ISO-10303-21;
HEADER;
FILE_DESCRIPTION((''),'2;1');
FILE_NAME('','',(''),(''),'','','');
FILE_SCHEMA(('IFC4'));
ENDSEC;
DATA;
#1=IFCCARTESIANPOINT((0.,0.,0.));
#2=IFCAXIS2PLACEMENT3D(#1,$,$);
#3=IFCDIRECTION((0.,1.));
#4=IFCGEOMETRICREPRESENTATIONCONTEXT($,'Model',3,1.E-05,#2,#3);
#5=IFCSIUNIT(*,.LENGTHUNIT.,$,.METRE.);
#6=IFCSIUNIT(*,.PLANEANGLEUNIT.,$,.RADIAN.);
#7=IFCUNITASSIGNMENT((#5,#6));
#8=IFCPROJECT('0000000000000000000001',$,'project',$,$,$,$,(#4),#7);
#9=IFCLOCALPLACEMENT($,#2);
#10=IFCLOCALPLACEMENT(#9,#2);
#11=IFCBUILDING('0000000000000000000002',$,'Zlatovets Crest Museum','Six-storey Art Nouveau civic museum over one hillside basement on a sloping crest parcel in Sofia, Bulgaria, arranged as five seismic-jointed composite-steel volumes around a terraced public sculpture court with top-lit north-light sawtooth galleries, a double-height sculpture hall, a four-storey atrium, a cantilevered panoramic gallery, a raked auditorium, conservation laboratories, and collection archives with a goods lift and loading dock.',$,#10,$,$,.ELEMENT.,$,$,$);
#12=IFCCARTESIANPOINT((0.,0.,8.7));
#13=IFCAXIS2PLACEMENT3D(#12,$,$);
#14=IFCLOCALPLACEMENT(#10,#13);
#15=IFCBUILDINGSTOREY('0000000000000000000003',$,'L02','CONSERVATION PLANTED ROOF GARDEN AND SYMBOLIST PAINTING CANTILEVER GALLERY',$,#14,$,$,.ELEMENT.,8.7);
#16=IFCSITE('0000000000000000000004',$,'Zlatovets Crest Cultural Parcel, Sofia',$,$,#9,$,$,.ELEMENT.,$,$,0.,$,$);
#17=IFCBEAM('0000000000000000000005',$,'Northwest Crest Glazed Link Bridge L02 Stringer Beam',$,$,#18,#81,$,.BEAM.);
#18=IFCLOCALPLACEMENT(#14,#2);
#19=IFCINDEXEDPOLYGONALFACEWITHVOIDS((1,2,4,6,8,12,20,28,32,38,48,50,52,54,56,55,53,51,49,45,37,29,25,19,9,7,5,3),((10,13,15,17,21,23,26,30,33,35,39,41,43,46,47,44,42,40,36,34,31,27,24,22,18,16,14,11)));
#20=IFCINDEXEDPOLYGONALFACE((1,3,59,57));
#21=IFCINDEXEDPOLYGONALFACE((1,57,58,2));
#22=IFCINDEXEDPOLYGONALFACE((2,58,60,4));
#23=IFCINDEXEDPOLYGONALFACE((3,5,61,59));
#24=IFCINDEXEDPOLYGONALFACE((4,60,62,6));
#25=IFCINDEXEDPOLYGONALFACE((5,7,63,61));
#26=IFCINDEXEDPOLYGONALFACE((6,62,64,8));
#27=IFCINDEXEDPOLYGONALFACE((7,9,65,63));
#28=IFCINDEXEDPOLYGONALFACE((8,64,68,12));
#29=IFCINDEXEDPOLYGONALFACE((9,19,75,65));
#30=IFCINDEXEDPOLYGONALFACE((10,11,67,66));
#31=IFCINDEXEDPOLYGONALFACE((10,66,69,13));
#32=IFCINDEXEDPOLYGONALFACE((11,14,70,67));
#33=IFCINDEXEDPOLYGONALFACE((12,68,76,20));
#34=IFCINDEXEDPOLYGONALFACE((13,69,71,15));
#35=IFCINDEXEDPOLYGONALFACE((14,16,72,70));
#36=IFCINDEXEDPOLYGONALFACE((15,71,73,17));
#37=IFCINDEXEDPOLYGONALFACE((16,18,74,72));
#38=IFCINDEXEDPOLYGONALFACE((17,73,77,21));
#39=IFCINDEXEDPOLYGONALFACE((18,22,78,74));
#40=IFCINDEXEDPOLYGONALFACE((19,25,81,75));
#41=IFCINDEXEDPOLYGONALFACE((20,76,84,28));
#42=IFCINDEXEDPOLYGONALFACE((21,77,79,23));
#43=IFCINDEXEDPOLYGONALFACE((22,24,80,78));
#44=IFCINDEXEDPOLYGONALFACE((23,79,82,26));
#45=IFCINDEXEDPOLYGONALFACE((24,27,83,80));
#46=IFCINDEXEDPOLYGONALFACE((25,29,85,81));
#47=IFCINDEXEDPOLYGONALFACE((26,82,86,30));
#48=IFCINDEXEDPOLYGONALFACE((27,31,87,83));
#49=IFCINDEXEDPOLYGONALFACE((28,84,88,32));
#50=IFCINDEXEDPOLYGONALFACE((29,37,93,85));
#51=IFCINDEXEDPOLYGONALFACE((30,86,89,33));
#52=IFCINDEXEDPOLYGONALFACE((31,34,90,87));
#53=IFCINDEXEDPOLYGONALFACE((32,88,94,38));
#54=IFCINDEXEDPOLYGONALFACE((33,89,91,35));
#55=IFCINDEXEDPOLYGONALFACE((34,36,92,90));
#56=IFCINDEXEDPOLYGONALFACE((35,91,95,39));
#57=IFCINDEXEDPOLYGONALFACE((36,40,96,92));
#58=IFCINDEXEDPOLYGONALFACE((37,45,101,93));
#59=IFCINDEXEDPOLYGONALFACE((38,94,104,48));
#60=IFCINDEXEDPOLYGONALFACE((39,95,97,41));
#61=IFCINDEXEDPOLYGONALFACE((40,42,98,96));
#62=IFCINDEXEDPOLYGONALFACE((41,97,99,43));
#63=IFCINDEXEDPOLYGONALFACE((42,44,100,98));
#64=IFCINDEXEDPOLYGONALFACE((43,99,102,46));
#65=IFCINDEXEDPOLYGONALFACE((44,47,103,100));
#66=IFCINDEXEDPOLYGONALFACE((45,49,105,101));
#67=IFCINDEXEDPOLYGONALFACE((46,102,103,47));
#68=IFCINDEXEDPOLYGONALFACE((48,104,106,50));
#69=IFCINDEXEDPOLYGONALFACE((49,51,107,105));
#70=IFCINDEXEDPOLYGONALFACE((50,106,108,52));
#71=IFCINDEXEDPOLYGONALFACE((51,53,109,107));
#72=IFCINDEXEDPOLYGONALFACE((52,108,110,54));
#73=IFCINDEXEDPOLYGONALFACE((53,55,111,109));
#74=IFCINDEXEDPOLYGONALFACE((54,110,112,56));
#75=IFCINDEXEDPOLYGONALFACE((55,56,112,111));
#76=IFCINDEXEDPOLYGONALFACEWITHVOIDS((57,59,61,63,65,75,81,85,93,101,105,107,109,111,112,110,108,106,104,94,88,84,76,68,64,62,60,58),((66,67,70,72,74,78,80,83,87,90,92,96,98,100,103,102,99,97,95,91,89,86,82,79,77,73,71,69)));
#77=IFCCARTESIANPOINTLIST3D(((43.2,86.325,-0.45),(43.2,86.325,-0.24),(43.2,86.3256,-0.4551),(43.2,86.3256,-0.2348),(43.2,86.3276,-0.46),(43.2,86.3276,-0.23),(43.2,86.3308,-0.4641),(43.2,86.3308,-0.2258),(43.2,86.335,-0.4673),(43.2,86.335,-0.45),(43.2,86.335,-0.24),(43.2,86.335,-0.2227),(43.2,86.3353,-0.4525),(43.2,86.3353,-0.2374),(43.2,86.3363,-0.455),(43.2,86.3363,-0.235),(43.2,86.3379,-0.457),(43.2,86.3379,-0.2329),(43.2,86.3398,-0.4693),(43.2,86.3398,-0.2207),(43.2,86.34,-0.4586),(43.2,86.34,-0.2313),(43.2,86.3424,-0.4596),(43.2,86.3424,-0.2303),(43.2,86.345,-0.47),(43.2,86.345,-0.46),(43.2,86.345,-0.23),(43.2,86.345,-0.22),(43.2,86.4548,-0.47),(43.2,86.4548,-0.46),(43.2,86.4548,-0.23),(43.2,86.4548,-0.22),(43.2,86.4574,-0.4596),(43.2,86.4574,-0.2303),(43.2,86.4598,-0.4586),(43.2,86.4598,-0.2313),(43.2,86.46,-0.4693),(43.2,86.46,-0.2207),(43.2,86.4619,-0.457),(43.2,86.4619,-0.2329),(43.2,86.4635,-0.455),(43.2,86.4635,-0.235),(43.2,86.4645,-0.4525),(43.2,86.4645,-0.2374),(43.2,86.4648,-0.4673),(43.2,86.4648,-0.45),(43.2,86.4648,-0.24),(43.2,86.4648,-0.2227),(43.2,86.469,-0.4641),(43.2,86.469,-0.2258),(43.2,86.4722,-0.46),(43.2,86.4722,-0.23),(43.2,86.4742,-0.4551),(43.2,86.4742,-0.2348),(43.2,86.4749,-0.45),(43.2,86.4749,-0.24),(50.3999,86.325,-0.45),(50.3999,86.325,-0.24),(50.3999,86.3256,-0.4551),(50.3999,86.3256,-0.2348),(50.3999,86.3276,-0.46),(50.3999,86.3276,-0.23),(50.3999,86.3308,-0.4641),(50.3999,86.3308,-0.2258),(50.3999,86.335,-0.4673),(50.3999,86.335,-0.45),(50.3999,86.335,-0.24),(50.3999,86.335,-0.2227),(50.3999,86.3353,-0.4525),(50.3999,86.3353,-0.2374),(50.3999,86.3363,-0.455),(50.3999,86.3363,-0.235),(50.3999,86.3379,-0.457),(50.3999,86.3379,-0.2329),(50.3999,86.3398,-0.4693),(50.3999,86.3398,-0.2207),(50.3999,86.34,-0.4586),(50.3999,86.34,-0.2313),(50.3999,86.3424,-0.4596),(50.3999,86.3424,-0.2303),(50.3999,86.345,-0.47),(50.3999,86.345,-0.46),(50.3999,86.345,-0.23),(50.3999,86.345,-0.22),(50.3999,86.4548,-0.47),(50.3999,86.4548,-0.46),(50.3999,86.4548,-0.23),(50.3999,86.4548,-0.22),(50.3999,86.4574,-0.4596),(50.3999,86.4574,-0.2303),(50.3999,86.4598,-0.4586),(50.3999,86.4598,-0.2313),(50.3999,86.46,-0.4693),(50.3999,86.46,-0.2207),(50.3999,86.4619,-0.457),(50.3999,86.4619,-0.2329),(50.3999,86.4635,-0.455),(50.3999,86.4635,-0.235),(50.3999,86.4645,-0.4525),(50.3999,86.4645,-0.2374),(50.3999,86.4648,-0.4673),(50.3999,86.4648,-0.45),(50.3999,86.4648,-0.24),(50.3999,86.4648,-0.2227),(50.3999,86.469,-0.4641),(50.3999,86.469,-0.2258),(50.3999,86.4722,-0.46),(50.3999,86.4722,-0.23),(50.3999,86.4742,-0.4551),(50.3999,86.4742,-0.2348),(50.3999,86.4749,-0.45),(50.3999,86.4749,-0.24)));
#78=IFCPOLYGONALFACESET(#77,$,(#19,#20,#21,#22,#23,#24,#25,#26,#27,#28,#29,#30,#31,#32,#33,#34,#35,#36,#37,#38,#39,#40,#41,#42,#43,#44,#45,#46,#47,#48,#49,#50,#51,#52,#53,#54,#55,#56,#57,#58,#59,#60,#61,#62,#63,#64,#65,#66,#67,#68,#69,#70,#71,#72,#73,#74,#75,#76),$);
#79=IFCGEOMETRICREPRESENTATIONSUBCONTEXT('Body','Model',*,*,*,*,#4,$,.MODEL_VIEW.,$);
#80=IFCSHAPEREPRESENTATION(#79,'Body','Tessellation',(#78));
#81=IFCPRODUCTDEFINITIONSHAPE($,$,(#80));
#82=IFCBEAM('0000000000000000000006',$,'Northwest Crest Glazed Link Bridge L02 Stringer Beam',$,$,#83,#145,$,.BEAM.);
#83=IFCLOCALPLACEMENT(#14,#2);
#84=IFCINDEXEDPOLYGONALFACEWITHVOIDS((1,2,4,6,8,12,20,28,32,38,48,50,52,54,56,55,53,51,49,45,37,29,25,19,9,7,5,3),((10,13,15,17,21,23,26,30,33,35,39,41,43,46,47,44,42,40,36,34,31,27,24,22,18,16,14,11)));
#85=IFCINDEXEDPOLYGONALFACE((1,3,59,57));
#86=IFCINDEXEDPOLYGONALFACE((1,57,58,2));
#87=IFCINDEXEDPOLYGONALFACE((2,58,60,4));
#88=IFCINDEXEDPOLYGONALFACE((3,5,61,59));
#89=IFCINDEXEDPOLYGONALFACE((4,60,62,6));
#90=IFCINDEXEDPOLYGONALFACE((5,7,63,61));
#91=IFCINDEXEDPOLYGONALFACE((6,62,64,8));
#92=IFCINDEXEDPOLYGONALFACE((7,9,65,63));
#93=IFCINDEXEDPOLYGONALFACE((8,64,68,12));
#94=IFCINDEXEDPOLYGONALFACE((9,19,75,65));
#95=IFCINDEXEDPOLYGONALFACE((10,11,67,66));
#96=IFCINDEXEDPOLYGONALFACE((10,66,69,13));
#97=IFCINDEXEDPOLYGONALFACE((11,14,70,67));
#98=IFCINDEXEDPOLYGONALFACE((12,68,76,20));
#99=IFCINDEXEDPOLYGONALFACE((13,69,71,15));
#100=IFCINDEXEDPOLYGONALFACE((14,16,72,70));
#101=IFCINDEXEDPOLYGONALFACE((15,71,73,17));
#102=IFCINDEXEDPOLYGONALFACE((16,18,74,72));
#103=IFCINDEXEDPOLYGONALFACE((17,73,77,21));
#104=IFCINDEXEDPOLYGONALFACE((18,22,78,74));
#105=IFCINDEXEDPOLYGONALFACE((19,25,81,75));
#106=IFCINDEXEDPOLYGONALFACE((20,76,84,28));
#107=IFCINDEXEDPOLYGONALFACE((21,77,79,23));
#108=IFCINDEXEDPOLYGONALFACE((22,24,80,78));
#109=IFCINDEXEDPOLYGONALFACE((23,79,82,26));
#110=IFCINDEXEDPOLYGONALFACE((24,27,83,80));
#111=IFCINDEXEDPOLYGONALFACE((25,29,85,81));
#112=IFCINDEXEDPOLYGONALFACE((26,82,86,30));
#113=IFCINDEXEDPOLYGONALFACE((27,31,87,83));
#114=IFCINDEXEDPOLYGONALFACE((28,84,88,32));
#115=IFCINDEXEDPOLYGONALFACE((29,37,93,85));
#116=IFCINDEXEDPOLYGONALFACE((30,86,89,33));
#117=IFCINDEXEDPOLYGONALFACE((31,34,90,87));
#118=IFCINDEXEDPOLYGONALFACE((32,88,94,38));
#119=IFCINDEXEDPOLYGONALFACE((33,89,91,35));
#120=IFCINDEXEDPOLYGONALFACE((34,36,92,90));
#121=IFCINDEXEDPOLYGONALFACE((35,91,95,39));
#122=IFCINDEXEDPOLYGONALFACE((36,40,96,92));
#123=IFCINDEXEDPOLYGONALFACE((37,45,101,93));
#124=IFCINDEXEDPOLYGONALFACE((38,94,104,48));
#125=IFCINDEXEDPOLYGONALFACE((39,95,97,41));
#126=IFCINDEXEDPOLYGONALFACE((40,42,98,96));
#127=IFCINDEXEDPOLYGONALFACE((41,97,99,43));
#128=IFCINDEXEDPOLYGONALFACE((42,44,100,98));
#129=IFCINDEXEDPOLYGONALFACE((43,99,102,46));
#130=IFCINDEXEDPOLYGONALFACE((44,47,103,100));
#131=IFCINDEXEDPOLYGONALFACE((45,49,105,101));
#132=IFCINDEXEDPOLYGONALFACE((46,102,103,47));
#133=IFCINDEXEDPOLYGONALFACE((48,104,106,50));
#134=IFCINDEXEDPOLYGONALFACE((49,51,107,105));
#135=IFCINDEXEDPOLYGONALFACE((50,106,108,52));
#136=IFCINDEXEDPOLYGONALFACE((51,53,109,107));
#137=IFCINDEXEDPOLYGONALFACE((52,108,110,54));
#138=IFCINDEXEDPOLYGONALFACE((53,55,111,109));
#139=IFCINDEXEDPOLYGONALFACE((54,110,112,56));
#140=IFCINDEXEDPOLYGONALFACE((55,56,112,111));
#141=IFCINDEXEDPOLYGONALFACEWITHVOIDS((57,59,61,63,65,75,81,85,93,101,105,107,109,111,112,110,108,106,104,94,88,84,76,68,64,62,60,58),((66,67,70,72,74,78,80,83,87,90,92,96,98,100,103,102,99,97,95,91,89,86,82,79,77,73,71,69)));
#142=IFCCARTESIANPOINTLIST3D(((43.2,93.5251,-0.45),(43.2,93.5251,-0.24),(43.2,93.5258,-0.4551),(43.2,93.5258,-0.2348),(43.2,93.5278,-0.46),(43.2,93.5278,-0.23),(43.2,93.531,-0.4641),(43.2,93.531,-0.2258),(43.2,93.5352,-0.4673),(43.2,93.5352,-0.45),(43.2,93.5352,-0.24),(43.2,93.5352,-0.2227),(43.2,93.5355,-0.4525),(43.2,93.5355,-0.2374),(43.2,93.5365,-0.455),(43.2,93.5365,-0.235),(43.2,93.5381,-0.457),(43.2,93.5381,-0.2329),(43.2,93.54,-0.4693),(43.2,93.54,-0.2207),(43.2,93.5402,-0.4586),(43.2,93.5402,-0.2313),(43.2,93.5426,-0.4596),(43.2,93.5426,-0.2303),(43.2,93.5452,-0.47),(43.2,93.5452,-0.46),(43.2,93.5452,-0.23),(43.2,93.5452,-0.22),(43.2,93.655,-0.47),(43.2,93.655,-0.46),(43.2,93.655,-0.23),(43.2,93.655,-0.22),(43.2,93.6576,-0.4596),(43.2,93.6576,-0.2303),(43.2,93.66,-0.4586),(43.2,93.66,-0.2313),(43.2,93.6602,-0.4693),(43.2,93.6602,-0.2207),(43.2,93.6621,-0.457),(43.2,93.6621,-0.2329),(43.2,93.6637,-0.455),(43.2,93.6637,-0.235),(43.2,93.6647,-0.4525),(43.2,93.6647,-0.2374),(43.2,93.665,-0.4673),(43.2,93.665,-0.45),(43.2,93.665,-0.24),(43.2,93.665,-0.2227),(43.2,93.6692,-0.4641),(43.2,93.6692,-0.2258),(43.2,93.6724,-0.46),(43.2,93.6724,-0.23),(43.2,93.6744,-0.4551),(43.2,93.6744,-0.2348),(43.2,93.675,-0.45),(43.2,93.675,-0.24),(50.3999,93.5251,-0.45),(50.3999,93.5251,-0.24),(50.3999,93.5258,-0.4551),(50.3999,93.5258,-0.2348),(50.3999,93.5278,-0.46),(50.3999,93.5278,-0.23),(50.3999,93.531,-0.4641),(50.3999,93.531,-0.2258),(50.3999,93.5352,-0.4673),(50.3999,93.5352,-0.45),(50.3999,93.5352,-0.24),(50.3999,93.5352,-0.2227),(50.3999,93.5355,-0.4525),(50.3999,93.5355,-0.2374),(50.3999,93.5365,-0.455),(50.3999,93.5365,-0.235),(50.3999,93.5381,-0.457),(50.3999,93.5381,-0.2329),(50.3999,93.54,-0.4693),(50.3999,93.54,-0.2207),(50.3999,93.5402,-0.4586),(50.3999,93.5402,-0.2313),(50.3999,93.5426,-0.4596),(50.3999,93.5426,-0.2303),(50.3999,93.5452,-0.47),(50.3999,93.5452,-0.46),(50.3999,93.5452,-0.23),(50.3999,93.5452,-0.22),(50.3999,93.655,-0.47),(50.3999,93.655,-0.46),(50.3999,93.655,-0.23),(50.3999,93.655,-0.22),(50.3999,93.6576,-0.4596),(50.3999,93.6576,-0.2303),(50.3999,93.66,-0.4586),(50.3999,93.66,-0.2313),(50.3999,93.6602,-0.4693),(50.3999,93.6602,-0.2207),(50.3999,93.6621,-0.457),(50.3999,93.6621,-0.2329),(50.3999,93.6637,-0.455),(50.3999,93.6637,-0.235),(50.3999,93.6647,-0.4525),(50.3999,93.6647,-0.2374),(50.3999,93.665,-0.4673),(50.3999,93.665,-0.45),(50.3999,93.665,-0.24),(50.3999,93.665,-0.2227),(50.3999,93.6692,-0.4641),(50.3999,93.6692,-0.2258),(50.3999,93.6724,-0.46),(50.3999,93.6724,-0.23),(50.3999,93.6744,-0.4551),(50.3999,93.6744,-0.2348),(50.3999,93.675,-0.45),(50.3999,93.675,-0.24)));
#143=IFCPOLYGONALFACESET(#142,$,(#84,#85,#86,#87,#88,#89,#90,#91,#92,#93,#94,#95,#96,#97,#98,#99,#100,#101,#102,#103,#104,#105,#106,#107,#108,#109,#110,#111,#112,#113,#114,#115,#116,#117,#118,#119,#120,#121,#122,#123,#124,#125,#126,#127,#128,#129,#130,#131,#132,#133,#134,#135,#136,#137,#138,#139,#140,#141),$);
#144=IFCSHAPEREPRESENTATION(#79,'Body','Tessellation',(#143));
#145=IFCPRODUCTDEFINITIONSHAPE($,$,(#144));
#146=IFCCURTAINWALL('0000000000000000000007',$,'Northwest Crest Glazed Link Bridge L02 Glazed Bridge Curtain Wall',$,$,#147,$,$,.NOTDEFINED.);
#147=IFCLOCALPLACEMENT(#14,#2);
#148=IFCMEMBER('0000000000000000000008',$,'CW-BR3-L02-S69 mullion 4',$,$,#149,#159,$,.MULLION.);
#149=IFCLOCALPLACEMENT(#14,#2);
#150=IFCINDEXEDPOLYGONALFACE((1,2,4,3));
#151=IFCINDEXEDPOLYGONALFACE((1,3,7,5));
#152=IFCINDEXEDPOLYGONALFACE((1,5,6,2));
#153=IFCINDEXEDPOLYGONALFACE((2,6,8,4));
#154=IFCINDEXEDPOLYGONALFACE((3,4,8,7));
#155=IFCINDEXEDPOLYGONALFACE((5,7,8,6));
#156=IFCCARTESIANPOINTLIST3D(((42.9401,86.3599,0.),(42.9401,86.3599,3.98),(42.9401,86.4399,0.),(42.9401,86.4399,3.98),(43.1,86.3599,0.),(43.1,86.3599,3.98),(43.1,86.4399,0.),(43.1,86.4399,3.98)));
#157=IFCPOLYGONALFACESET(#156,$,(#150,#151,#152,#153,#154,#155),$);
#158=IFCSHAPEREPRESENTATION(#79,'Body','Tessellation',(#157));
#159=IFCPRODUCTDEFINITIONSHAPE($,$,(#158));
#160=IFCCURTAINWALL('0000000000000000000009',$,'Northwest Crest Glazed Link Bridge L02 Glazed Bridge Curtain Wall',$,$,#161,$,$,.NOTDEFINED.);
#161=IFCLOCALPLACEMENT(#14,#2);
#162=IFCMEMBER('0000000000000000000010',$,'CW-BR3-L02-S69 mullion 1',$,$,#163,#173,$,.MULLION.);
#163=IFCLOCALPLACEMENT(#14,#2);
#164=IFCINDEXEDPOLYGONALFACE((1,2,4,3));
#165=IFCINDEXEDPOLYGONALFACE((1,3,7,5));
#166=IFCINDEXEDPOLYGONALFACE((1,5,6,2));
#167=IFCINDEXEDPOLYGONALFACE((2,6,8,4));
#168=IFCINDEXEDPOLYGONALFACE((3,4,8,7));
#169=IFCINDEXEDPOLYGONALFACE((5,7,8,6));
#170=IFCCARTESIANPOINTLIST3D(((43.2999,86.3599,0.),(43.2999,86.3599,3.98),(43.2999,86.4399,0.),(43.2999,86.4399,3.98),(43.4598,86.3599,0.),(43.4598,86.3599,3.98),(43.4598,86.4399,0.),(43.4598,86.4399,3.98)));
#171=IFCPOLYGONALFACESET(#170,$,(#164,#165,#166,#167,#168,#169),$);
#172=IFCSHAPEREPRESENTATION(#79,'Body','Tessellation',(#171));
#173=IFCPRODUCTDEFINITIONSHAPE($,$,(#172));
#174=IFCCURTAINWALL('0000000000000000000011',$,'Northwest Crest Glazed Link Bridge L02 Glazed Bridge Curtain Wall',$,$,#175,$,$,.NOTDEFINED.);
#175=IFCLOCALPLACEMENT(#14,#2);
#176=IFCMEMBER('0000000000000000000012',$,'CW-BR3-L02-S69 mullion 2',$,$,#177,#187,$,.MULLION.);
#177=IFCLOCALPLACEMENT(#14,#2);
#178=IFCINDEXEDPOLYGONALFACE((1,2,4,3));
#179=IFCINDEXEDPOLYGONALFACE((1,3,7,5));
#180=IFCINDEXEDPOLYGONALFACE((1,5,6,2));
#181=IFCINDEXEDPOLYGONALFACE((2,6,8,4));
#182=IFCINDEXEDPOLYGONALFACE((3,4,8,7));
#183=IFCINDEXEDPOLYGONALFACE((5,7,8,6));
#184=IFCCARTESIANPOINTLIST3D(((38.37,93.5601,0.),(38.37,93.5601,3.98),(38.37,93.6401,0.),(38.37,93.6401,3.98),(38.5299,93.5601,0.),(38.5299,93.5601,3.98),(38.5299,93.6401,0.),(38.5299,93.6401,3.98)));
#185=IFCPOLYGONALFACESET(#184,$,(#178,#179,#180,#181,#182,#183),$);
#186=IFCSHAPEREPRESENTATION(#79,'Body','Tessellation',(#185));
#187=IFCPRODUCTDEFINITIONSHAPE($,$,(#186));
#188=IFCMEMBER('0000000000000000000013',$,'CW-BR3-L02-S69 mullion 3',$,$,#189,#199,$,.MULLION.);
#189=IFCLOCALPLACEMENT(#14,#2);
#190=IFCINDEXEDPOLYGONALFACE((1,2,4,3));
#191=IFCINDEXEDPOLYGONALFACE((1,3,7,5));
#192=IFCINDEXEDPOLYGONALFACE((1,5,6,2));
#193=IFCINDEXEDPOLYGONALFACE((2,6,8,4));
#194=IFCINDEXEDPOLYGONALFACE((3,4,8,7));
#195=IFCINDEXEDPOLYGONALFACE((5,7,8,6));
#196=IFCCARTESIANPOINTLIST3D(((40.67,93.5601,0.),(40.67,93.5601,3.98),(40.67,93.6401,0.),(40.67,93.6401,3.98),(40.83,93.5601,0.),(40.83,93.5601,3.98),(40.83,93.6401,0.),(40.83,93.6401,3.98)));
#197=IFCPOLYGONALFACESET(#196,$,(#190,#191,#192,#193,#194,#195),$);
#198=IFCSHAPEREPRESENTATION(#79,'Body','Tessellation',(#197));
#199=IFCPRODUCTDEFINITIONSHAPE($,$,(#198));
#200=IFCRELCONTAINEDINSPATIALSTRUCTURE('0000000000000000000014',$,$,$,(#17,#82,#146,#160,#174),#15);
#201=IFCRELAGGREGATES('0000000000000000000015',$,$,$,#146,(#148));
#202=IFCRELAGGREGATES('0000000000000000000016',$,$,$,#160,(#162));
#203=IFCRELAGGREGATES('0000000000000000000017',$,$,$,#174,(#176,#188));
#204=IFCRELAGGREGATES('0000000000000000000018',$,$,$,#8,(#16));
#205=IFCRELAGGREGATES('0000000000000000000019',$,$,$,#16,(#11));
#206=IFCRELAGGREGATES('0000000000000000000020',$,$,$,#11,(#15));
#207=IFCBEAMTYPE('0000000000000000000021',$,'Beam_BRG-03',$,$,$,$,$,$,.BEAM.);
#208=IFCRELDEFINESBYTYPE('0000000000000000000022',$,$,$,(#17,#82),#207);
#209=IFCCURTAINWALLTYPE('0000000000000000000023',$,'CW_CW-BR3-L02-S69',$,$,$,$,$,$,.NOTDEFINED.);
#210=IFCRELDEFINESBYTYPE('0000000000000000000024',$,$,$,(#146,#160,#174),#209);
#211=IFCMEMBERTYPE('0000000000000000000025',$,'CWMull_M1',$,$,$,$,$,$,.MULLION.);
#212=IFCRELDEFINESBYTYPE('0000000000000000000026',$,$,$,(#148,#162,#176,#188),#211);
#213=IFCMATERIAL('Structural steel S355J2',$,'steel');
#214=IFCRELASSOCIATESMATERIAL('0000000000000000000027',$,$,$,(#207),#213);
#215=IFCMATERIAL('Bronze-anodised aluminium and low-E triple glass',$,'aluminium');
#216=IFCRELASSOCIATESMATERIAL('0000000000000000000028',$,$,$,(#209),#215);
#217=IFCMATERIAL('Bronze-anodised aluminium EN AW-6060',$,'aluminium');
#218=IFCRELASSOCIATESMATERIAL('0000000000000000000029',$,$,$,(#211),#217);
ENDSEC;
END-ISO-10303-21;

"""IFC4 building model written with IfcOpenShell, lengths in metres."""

from ifc_helpers import new_model, si_unit, direction, frame, origin, origin_2d, place, context, subcontext, project, spatial, rectangle, hollow_rectangle, extrude, material, material_profile, profile_set, type_object, element, aggregate, save


model = new_model("IFC4")

# Units and contexts
model_context = context("Model", 3, precision=1e-05, world=origin(), true_north=direction((0.0, 1.0)))
body_context = subcontext(model_context, "Body", "Model", "MODEL_VIEW")
ifc_project = project(units=[si_unit("LENGTHUNIT", "METRE"), si_unit("PLANEANGLEUNIT", "RADIAN")], contexts=[model_context])

# Site, building, storey
site_placement = place(None, origin())
site = spatial("IfcSite", under=ifc_project, at=site_placement, Name="Zlatovets Crest Cultural Parcel, Sofia", CompositionType="ELEMENT", RefElevation=0.0)
building_placement = place(site_placement, origin())
building = spatial("IfcBuilding", under=site, at=building_placement, Name="Zlatovets Crest Museum", Description="Six-storey Art Nouveau civic museum over one hillside basement on a sloping crest parcel in Sofia, Bulgaria, arranged as five seismic-jointed composite-steel volumes around a terraced public sculpture court with top-lit north-light sawtooth galleries, a double-height sculpture hall, a four-storey atrium, a cantilevered panoramic gallery, a raked auditorium, conservation laboratories, and collection archives with a goods lift and loading dock.", CompositionType="ELEMENT")
storey_placement = place(building_placement, frame((0.0, 0.0, 8.7)))
storey = spatial("IfcBuildingStorey", under=building, at=storey_placement, Name="L02", Description="CONSERVATION PLANTED ROOF GARDEN AND SYMBOLIST PAINTING CANTILEVER GALLERY", CompositionType="ELEMENT", Elevation=8.7)

# Shared definitions
ifc_material_1 = material(Name="Structural steel S355J2", Category="steel")

# Beams
ifc_material_profile_1 = material_profile(ifc_material_1, hollow_rectangle(XDim=0.1499, YDim=0.25, WallThickness=0.01, InnerFilletRadius=0.01, OuterFilletRadius=0.02, at=origin_2d()), Name="RHS 150x250x10.0")
ifc_profile_set_1 = profile_set([ifc_material_profile_1], Name="Structural steel S355J2")
beam_type_1 = type_object("IfcBeamType", Name="Beam_BRG-03", PredefinedType="BEAM", material=ifc_profile_set_1)
for number, where, z_axis, x_axis, name in (
    (1, (43.2, 86.3999, -0.345), (1.0, 0.0, 0.0), (0.0, 1.0, 0.0), "Northwest Crest Glazed Link Bridge L02 Stringer Beam"),
    (2, (43.2, 93.6001, -0.345), (1.0, 0.0, 0.0), (0.0, 1.0, 0.0), "Northwest Crest Glazed Link Bridge L02 Stringer Beam"),
):
    element("IfcBeam", number, at=place(storey_placement, frame(where, z_axis=z_axis, x_axis=x_axis)), inside=storey, type_object=beam_type_1, Name=name, PredefinedType="BEAM", context=body_context, shape_type="SweptSolid", body=[
        extrude(hollow_rectangle(XDim=0.1499, YDim=0.25, WallThickness=0.01, InnerFilletRadius=0.01, OuterFilletRadius=0.02, at=origin_2d()), origin(), (0.0, 0.0, 1.0), 7.2),
    ])

# Curtain walls, members
ifc_material_2 = material(Name="Bronze-anodised aluminium and low-E triple glass", Category="aluminium")
curtain_wall_type = type_object("IfcCurtainWallType", Name="CW_CW-BR3-L02-S69", PredefinedType="NOTDEFINED", material=ifc_material_2)
curtain_wall_1_placement = place(storey_placement, origin())
curtain_wall_1 = element("IfcCurtainWall", 3, at=curtain_wall_1_placement, inside=storey, type_object=curtain_wall_type, Name="Northwest Crest Glazed Link Bridge L02 Glazed Bridge Curtain Wall", PredefinedType="NOTDEFINED")
ifc_material_3 = material(Name="Bronze-anodised aluminium EN AW-6060", Category="aluminium")
ifc_material_profile_2 = material_profile(ifc_material_3, rectangle(XDim=0.0801, YDim=0.1599, at=origin_2d()), Name="ALU 80x160")
ifc_profile_set_2 = profile_set([ifc_material_profile_2], Name="Bronze-anodised aluminium EN AW-6060")
member_type_1 = type_object("IfcMemberType", Name="CWMull_M1", PredefinedType="MULLION", material=ifc_profile_set_2)
member_1_placement = place(storey_placement, frame((43.02, 86.3999, 0.0), z_axis=(0.0, 0.0, 1.0), x_axis=(0.0, 1.0, 0.0)))
member_1 = element("IfcMember", 4, at=member_1_placement, type_object=member_type_1, Name="CW-BR3-L02-S69 mullion 4", PredefinedType="MULLION", context=body_context, shape_type="SweptSolid", body=[
    extrude(rectangle(XDim=0.0801, YDim=0.1599, at=origin_2d()), origin(), (0.0, 0.0, 1.0), 3.98),
])
curtain_wall_2_placement = place(storey_placement, origin())
curtain_wall_2 = element("IfcCurtainWall", 5, at=curtain_wall_2_placement, inside=storey, type_object=curtain_wall_type, Name="Northwest Crest Glazed Link Bridge L02 Glazed Bridge Curtain Wall", PredefinedType="NOTDEFINED")
member_2_placement = place(storey_placement, frame((43.3799, 86.3999, 0.0), z_axis=(0.0, 0.0, 1.0), x_axis=(0.0, 1.0, 0.0)))
member_2 = element("IfcMember", 6, at=member_2_placement, type_object=member_type_1, Name="CW-BR3-L02-S69 mullion 1", PredefinedType="MULLION", context=body_context, shape_type="SweptSolid", body=[
    extrude(rectangle(XDim=0.0801, YDim=0.1599, at=origin_2d()), origin(), (0.0, 0.0, 1.0), 3.98),
])

# Curtain wall, members
curtain_wall_3_placement = place(storey_placement, origin())
curtain_wall_3 = element("IfcCurtainWall", 7, at=curtain_wall_3_placement, inside=storey, type_object=curtain_wall_type, Name="Northwest Crest Glazed Link Bridge L02 Glazed Bridge Curtain Wall", PredefinedType="NOTDEFINED")
member_3_placement = place(storey_placement, frame((38.45, 93.6001, 0.0), z_axis=(0.0, 0.0, 1.0), x_axis=(0.0, 1.0, 0.0)))
member_3 = element("IfcMember", 8, at=member_3_placement, type_object=member_type_1, Name="CW-BR3-L02-S69 mullion 2", PredefinedType="MULLION", context=body_context, shape_type="SweptSolid", body=[
    extrude(rectangle(XDim=0.0801, YDim=0.1599, at=origin_2d()), origin(), (0.0, 0.0, 1.0), 3.98),
])
member_4_placement = place(storey_placement, frame((40.75, 93.6001, 0.0), z_axis=(0.0, 0.0, 1.0), x_axis=(0.0, 1.0, 0.0)))
member_4 = element("IfcMember", 9, at=member_4_placement, type_object=member_type_1, Name="CW-BR3-L02-S69 mullion 3", PredefinedType="MULLION", context=body_context, shape_type="SweptSolid", body=[
    extrude(rectangle(XDim=0.0801, YDim=0.1599, at=origin_2d()), origin(), (0.0, 0.0, 1.0), 3.98),
])

aggregate(curtain_wall_1, [member_1])
aggregate(curtain_wall_2, [member_2])
aggregate(curtain_wall_3, [member_3, member_4])

save(model, "model.ifc")
